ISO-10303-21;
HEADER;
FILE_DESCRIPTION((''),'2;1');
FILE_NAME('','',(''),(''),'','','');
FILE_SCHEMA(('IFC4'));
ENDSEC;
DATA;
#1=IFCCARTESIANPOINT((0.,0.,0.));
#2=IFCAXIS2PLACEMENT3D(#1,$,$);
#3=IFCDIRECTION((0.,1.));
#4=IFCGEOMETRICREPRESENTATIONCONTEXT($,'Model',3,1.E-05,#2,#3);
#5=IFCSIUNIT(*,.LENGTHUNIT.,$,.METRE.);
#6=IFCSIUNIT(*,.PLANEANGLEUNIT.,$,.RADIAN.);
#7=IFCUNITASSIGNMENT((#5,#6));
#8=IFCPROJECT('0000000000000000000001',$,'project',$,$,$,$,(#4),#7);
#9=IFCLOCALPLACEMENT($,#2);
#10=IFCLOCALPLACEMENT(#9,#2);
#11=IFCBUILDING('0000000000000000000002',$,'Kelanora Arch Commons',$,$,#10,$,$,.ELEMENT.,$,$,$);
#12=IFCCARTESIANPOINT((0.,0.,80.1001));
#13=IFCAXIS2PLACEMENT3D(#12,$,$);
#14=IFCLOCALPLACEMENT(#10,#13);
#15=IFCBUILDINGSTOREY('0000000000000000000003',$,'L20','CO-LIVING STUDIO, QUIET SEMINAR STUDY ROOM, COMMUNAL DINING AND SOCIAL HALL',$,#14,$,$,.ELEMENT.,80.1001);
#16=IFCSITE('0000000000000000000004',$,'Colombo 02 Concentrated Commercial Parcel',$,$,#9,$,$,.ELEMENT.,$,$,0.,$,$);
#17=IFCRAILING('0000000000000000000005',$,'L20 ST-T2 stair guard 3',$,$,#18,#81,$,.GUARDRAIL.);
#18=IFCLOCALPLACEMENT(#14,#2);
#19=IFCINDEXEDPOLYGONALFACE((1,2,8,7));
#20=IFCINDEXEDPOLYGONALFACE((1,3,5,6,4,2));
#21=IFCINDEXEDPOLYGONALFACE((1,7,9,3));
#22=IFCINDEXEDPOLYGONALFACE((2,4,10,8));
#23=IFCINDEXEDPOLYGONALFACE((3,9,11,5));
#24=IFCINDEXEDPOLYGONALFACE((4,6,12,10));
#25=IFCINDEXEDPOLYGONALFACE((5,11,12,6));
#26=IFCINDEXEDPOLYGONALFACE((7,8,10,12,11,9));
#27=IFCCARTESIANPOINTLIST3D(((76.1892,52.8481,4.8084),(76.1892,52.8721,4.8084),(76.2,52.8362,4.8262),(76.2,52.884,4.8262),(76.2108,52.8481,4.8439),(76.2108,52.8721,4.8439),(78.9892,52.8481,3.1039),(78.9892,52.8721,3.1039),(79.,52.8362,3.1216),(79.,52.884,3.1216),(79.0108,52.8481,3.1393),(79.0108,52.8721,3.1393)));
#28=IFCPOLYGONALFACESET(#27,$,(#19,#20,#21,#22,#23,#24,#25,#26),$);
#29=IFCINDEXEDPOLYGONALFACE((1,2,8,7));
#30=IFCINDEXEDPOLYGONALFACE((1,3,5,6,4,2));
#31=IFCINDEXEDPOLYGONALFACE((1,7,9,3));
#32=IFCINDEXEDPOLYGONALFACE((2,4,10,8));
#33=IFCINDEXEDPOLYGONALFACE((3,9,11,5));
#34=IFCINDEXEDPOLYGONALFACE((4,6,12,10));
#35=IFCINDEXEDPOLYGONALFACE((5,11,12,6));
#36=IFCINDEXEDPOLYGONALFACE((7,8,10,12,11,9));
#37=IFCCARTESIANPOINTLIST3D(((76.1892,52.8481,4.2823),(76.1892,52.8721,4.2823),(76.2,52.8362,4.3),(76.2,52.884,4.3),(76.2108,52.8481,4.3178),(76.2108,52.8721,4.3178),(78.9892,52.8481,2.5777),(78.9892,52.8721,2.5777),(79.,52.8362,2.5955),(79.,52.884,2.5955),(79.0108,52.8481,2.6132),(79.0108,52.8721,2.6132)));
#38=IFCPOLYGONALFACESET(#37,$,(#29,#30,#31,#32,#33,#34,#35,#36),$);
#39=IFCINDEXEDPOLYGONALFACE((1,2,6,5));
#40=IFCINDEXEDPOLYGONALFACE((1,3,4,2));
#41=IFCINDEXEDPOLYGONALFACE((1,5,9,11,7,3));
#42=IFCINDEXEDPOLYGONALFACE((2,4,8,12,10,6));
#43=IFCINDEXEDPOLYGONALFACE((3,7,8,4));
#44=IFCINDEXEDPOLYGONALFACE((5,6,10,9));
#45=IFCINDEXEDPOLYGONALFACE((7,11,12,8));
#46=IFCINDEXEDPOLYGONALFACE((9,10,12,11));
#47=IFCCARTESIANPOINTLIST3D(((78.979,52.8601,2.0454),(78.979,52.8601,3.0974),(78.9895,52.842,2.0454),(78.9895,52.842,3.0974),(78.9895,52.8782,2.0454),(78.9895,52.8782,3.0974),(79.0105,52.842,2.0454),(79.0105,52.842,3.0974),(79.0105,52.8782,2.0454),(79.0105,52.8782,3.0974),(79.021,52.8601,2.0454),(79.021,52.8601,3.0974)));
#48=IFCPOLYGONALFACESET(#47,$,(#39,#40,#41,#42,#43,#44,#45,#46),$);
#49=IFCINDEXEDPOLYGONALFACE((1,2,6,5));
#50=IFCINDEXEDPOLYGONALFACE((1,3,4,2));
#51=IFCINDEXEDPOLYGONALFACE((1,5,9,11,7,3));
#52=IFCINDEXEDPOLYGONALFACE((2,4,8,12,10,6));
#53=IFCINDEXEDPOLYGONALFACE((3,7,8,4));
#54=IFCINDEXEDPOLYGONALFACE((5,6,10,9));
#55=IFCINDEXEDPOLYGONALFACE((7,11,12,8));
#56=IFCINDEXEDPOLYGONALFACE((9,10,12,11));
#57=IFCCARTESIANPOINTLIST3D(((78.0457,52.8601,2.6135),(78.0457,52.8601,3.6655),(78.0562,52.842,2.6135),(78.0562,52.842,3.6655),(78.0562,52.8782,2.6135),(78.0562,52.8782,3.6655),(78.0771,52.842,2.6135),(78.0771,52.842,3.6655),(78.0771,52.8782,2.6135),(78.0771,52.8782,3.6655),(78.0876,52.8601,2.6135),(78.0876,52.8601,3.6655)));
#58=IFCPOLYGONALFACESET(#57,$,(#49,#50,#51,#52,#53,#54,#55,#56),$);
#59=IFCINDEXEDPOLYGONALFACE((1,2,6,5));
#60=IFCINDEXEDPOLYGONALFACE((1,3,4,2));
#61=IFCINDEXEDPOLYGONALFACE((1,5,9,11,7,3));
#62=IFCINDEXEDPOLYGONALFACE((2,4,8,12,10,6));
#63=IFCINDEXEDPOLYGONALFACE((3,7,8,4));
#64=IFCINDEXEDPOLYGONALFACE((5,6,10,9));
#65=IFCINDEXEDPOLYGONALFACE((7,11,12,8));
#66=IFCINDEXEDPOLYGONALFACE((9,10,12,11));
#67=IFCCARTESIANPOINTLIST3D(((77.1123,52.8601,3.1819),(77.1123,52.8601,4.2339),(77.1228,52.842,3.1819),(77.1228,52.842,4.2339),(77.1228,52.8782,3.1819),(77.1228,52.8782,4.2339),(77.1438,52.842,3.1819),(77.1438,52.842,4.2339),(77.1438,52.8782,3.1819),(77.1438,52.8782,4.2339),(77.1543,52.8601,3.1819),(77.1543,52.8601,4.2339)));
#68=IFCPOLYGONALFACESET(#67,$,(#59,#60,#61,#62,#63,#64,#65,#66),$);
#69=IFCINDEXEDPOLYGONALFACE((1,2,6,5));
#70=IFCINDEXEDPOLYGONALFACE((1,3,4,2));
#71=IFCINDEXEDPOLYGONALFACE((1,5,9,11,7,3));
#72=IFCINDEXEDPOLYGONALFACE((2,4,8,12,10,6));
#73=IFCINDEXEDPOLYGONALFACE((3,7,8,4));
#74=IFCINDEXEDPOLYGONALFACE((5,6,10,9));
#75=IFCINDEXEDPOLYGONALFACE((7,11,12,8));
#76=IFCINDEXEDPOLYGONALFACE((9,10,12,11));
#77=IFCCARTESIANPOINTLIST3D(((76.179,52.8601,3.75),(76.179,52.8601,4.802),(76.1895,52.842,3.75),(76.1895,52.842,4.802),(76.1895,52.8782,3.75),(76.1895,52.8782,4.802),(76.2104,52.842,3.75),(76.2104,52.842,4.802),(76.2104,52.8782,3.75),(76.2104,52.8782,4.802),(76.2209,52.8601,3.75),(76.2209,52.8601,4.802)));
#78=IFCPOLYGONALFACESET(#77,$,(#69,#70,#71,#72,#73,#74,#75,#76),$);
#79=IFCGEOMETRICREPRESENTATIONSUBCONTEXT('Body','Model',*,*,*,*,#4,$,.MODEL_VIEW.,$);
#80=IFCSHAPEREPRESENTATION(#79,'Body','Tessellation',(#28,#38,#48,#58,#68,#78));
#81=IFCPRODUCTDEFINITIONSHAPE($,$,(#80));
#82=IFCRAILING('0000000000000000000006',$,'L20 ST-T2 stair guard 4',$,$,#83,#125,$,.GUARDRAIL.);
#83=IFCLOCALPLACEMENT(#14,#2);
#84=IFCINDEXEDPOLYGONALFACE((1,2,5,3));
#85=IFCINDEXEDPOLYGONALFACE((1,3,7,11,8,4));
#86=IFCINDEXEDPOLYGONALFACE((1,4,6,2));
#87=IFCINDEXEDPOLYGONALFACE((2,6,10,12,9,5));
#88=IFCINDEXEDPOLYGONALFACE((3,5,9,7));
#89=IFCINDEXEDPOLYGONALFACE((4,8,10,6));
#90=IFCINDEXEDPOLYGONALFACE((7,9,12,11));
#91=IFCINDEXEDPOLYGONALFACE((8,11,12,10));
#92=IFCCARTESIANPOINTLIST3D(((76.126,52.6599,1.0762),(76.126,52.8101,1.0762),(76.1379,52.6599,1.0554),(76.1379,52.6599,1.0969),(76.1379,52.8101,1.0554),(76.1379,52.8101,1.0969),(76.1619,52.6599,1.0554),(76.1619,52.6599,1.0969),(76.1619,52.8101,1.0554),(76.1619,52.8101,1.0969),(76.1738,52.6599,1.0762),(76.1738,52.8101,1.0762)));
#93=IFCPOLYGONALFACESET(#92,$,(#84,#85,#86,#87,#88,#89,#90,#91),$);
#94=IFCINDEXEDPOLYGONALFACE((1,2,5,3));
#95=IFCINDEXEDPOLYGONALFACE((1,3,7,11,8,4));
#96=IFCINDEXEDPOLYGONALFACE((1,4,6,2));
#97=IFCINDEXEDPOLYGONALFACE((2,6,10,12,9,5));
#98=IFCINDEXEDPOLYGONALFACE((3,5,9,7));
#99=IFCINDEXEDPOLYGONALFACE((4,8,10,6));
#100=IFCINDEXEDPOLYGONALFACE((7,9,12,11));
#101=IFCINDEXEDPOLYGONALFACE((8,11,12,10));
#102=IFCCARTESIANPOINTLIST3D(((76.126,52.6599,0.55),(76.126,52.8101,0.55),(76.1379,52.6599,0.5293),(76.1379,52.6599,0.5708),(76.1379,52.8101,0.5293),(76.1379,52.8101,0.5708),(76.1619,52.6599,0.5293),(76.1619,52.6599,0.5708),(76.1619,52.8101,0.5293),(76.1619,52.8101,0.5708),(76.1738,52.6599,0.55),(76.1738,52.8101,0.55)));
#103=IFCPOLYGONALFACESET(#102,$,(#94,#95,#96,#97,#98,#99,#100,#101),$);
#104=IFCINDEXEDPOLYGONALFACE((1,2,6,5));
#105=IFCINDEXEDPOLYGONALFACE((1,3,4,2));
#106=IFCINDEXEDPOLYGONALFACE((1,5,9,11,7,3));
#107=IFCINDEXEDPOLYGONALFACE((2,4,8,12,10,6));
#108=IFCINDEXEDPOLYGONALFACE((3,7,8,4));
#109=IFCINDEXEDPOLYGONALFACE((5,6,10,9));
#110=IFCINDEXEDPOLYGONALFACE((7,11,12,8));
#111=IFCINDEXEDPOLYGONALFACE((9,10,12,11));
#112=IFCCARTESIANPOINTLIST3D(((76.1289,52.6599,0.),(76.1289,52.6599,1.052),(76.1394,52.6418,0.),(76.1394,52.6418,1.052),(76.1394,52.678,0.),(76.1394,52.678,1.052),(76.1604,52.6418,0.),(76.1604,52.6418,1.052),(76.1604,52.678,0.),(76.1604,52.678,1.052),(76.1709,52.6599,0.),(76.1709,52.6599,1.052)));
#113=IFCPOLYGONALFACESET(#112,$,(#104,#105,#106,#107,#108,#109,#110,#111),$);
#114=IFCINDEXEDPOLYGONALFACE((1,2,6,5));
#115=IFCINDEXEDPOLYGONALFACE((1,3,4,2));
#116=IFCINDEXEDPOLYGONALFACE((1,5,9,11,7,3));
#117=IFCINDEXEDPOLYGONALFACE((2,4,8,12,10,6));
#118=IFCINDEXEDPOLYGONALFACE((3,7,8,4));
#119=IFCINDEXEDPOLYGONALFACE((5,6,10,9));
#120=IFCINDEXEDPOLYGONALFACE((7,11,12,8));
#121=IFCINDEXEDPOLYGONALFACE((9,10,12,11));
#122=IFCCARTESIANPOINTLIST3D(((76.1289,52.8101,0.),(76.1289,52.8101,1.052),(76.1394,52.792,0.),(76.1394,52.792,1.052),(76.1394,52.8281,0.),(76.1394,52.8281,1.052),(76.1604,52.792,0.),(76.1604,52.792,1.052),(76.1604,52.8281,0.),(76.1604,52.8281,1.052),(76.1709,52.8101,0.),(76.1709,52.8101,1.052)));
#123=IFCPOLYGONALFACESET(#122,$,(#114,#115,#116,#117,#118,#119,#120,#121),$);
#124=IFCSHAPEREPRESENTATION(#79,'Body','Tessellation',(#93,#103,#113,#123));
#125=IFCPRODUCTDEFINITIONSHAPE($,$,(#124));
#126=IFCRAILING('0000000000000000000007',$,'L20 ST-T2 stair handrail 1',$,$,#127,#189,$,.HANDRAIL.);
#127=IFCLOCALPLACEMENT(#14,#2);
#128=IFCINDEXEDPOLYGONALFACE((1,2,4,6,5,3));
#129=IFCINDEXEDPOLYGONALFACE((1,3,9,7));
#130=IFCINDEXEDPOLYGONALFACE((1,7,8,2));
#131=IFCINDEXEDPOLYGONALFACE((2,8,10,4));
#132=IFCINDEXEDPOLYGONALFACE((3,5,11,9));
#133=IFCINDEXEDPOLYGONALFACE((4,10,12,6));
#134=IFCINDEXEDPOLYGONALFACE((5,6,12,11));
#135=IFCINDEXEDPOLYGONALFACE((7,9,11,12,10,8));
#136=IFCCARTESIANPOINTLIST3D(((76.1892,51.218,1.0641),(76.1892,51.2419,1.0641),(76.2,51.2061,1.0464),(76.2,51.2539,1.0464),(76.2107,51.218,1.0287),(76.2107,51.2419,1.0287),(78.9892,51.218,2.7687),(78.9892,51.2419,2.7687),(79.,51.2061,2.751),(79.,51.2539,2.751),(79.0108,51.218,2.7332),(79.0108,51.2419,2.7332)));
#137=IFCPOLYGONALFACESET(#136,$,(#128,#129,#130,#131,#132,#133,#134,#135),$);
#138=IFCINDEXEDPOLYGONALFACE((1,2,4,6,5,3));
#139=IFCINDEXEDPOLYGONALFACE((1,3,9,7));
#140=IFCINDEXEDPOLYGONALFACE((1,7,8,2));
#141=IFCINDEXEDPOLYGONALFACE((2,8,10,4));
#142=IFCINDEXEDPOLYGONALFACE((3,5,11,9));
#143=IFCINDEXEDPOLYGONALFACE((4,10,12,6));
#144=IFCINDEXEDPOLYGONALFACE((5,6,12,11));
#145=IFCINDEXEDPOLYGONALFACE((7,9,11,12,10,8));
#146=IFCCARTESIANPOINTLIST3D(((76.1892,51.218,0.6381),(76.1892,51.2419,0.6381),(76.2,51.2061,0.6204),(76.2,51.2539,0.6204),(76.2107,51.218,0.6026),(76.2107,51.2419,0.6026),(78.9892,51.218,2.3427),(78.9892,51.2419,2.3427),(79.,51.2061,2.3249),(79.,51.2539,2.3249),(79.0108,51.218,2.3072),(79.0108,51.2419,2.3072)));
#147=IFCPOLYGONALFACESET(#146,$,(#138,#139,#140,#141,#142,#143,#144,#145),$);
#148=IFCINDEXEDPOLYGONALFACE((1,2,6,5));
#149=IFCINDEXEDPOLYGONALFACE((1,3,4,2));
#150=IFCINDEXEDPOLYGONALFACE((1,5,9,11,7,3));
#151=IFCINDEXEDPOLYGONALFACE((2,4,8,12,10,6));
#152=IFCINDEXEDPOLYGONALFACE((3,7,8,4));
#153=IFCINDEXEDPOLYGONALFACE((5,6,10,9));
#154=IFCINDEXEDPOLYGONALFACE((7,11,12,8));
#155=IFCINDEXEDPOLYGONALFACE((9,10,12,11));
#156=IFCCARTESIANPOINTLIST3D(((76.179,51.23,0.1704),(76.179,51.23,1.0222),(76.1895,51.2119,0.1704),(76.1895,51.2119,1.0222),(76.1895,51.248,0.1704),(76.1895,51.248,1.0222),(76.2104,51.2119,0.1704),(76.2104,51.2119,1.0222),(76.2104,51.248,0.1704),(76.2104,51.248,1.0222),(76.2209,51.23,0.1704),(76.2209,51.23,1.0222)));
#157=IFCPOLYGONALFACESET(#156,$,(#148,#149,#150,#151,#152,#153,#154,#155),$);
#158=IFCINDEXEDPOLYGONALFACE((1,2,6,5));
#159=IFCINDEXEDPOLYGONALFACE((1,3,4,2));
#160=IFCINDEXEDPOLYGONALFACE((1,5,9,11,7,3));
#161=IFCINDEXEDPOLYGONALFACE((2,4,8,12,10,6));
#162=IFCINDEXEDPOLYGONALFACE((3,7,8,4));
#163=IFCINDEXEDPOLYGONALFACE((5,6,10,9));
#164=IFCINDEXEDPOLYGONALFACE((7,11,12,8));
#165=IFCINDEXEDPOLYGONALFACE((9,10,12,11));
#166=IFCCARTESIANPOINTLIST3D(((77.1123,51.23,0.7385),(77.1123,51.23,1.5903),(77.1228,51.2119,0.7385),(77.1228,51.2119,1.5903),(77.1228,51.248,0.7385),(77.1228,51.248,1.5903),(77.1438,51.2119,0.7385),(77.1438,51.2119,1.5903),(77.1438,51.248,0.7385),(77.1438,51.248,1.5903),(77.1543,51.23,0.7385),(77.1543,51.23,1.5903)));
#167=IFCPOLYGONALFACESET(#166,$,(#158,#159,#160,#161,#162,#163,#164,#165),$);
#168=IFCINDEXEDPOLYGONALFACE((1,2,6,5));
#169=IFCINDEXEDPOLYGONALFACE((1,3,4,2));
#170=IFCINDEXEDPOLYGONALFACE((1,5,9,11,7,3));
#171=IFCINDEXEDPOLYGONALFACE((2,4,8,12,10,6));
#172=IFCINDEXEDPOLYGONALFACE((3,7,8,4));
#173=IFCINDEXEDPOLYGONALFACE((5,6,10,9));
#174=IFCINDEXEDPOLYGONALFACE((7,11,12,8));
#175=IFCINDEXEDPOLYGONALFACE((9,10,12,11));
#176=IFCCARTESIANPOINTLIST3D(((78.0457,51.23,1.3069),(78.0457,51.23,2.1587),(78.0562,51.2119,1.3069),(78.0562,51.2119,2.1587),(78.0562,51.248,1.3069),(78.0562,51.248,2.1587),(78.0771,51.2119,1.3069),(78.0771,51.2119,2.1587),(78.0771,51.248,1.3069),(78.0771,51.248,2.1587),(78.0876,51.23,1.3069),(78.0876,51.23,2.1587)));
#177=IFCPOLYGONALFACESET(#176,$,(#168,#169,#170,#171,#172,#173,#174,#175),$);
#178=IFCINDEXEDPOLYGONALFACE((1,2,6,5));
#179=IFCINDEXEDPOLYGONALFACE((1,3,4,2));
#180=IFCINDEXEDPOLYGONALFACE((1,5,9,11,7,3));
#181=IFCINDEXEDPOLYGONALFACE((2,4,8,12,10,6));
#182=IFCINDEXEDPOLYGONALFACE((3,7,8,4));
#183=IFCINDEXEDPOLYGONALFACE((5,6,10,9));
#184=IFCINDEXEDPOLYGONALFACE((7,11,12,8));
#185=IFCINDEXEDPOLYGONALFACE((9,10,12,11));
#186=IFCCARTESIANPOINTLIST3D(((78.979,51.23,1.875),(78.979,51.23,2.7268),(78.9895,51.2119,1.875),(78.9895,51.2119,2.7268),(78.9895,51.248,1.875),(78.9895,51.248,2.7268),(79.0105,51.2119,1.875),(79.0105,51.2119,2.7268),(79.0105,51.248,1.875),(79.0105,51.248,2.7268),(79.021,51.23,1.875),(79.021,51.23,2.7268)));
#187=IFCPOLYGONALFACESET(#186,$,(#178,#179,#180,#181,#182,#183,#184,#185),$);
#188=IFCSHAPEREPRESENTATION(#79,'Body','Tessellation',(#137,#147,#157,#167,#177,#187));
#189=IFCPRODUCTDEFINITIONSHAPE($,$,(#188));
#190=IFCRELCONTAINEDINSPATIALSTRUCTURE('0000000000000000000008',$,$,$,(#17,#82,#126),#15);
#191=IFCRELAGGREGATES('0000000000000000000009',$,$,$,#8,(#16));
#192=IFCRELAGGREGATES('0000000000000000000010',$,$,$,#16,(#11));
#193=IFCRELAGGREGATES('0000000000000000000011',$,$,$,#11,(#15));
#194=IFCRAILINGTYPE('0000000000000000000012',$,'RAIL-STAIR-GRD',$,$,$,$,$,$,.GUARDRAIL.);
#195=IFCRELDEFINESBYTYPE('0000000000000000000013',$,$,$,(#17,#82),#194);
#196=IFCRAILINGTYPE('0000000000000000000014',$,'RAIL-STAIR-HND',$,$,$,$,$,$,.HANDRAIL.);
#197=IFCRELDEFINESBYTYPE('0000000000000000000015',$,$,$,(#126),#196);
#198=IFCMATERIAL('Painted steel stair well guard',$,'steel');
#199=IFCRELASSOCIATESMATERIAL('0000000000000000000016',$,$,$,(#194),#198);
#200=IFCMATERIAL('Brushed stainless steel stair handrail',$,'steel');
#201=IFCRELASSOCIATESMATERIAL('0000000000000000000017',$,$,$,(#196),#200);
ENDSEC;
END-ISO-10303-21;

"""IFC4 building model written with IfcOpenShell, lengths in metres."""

from ifc_helpers import new_model, si_unit, direction, frame, origin, place, context, subcontext, project, spatial, polyline, outline, extrude, material, type_object, element, save


model = new_model("IFC4")

# Units and contexts
model_context = context("Model", 3, precision=1e-05, world=origin(), true_north=direction((0.0, 1.0)))
body_context = subcontext(model_context, "Body", "Model", "MODEL_VIEW")
ifc_project = project(units=[si_unit("LENGTHUNIT", "METRE"), si_unit("PLANEANGLEUNIT", "RADIAN")], contexts=[model_context])

# Site, building, storey
site_placement = place(None, origin())
site = spatial("IfcSite", under=ifc_project, at=site_placement, Name="Colombo 02 Concentrated Commercial Parcel", CompositionType="ELEMENT", RefElevation=0.0)
building_placement = place(site_placement, origin())
building = spatial("IfcBuilding", under=site, at=building_placement, Name="Kelanora Arch Commons", CompositionType="ELEMENT")
storey_placement = place(building_placement, frame((0.0, 0.0, 80.1001)))
storey = spatial("IfcBuildingStorey", under=building, at=storey_placement, Name="L20", Description="CO-LIVING STUDIO, QUIET SEMINAR STUDY ROOM, COMMUNAL DINING AND SOCIAL HALL", CompositionType="ELEMENT", Elevation=80.1001)

# Railings
ifc_material_1 = material(Name="Painted steel stair well guard", Category="steel")
railing_type_1 = type_object("IfcRailingType", Name="RAIL-STAIR-GRD", PredefinedType="GUARDRAIL", material=ifc_material_1)
railing_1_placement = place(storey_placement, frame((79.0, 52.8601, 2.0454)))
element("IfcRailing", 1, at=railing_1_placement, inside=storey, type_object=railing_type_1, Name="L20 ST-T2 stair guard 3", PredefinedType="GUARDRAIL", context=body_context, shape_type="SweptSolid", body=[
    extrude(outline(polyline([(0.0239, 0.0), (0.012, 0.0208), (-0.012, 0.0208), (-0.0239, 0.0), (-0.012, -0.0208), (0.012, -0.0208), (0.0239, 0.0)])), frame((0.0, 0.0, 1.0762), z_axis=(-0.85417, 0.0, 0.519994), x_axis=(0.0, -1.0, 0.0)), (0.0, 0.0, 1.0), 3.2781),
    extrude(outline(polyline([(0.0239, 0.0), (0.012, 0.0208), (-0.012, 0.0208), (-0.0239, 0.0), (-0.012, -0.0208), (0.012, -0.0208), (0.0239, 0.0)])), frame((0.0, 0.0, 0.55), z_axis=(-0.85417, 0.0, 0.519994), x_axis=(0.0, -1.0, 0.0)), (0.0, 0.0, 1.0), 3.2781),
    extrude(outline(polyline([(0.021, 0.0), (0.0105, 0.0181), (-0.0105, 0.0181), (-0.021, 0.0), (-0.0105, -0.0181), (0.0105, -0.0181), (0.021, 0.0)])), origin(), (0.0, 0.0, 1.0), 1.052),
    extrude(outline(polyline([(0.021, 0.0), (0.0105, 0.0181), (-0.0105, 0.0181), (-0.021, 0.0), (-0.0105, -0.0181), (0.0105, -0.0181), (0.021, 0.0)])), frame((-0.9333, 0.0, 0.5681)), (0.0, 0.0, 1.0), 1.052),
    extrude(outline(polyline([(0.021, 0.0), (0.0105, 0.0181), (-0.0105, 0.0181), (-0.021, 0.0), (-0.0105, -0.0181), (0.0105, -0.0181), (0.021, 0.0)])), frame((-1.8667, 0.0, 1.1365)), (0.0, 0.0, 1.0), 1.052),
    extrude(outline(polyline([(0.021, 0.0), (0.0105, 0.0181), (-0.0105, 0.0181), (-0.021, 0.0), (-0.0105, -0.0181), (0.0105, -0.0181), (0.021, 0.0)])), frame((-2.8, 0.0, 1.7046)), (0.0, 0.0, 1.0), 1.052),
])
railing_2_placement = place(storey_placement, frame((76.1499, 52.6599, 0.0)))
element("IfcRailing", 2, at=railing_2_placement, inside=storey, type_object=railing_type_1, Name="L20 ST-T2 stair guard 4", PredefinedType="GUARDRAIL", context=body_context, shape_type="SweptSolid", body=[
    extrude(outline(polyline([(0.0239, 0.0), (0.012, 0.0208), (-0.012, 0.0208), (-0.0239, 0.0), (-0.012, -0.0208), (0.012, -0.0208), (0.0239, 0.0)])), frame((0.0, 0.0, 1.0762), z_axis=(0.0, 1.0, 0.0), x_axis=(-1.0, 0.0, 0.0)), (0.0, 0.0, 1.0), 0.1501),
    extrude(outline(polyline([(0.0239, 0.0), (0.012, 0.0208), (-0.012, 0.0208), (-0.0239, 0.0), (-0.012, -0.0208), (0.012, -0.0208), (0.0239, 0.0)])), frame((0.0, 0.0, 0.55), z_axis=(0.0, 1.0, 0.0), x_axis=(-1.0, 0.0, 0.0)), (0.0, 0.0, 1.0), 0.1501),
    extrude(outline(polyline([(0.021, 0.0), (0.0105, 0.0181), (-0.0105, 0.0181), (-0.021, 0.0), (-0.0105, -0.0181), (0.0105, -0.0181), (0.021, 0.0)])), origin(), (0.0, 0.0, 1.0), 1.052),
    extrude(outline(polyline([(0.021, 0.0), (0.0105, 0.0181), (-0.0105, 0.0181), (-0.021, 0.0), (-0.0105, -0.0181), (0.0105, -0.0181), (0.021, 0.0)])), frame((0.0, 0.1501, 0.0)), (0.0, 0.0, 1.0), 1.052),
])
ifc_material_2 = material(Name="Brushed stainless steel stair handrail", Category="steel")
railing_type_2 = type_object("IfcRailingType", Name="RAIL-STAIR-HND", PredefinedType="HANDRAIL", material=ifc_material_2)
railing_3_placement = place(storey_placement, frame((76.2, 51.23, 0.1704)))
element("IfcRailing", 3, at=railing_3_placement, inside=storey, type_object=railing_type_2, Name="L20 ST-T2 stair handrail 1", PredefinedType="HANDRAIL", context=body_context, shape_type="SweptSolid", body=[
    extrude(outline(polyline([(0.0239, 0.0), (0.012, 0.0208), (-0.012, 0.0208), (-0.0239, 0.0), (-0.012, -0.0208), (0.012, -0.0208), (0.0239, 0.0)])), frame((0.0, 0.0, 0.876), z_axis=(0.85417, 0.0, 0.519994), x_axis=(0.0, 1.0, 0.0)), (0.0, 0.0, 1.0), 3.2781),
    extrude(outline(polyline([(0.0239, 0.0), (0.012, 0.0208), (-0.012, 0.0208), (-0.0239, 0.0), (-0.012, -0.0208), (0.012, -0.0208), (0.0239, 0.0)])), frame((0.0, 0.0, 0.45), z_axis=(0.85417, 0.0, 0.519994), x_axis=(0.0, 1.0, 0.0)), (0.0, 0.0, 1.0), 3.2781),
    extrude(outline(polyline([(0.021, 0.0), (0.0105, 0.0181), (-0.0105, 0.0181), (-0.021, 0.0), (-0.0105, -0.0181), (0.0105, -0.0181), (0.021, 0.0)])), origin(), (0.0, 0.0, 1.0), 0.8518),
    extrude(outline(polyline([(0.021, 0.0), (0.0105, 0.0181), (-0.0105, 0.0181), (-0.021, 0.0), (-0.0105, -0.0181), (0.0105, -0.0181), (0.021, 0.0)])), frame((0.9333, 0.0, 0.5681)), (0.0, 0.0, 1.0), 0.8518),
    extrude(outline(polyline([(0.021, 0.0), (0.0105, 0.0181), (-0.0105, 0.0181), (-0.021, 0.0), (-0.0105, -0.0181), (0.0105, -0.0181), (0.021, 0.0)])), frame((1.8667, 0.0, 1.1365)), (0.0, 0.0, 1.0), 0.8518),
    extrude(outline(polyline([(0.021, 0.0), (0.0105, 0.0181), (-0.0105, 0.0181), (-0.021, 0.0), (-0.0105, -0.0181), (0.0105, -0.0181), (0.021, 0.0)])), frame((2.8, 0.0, 1.7046)), (0.0, 0.0, 1.0), 0.8518),
])

save(model, "model.ifc")
